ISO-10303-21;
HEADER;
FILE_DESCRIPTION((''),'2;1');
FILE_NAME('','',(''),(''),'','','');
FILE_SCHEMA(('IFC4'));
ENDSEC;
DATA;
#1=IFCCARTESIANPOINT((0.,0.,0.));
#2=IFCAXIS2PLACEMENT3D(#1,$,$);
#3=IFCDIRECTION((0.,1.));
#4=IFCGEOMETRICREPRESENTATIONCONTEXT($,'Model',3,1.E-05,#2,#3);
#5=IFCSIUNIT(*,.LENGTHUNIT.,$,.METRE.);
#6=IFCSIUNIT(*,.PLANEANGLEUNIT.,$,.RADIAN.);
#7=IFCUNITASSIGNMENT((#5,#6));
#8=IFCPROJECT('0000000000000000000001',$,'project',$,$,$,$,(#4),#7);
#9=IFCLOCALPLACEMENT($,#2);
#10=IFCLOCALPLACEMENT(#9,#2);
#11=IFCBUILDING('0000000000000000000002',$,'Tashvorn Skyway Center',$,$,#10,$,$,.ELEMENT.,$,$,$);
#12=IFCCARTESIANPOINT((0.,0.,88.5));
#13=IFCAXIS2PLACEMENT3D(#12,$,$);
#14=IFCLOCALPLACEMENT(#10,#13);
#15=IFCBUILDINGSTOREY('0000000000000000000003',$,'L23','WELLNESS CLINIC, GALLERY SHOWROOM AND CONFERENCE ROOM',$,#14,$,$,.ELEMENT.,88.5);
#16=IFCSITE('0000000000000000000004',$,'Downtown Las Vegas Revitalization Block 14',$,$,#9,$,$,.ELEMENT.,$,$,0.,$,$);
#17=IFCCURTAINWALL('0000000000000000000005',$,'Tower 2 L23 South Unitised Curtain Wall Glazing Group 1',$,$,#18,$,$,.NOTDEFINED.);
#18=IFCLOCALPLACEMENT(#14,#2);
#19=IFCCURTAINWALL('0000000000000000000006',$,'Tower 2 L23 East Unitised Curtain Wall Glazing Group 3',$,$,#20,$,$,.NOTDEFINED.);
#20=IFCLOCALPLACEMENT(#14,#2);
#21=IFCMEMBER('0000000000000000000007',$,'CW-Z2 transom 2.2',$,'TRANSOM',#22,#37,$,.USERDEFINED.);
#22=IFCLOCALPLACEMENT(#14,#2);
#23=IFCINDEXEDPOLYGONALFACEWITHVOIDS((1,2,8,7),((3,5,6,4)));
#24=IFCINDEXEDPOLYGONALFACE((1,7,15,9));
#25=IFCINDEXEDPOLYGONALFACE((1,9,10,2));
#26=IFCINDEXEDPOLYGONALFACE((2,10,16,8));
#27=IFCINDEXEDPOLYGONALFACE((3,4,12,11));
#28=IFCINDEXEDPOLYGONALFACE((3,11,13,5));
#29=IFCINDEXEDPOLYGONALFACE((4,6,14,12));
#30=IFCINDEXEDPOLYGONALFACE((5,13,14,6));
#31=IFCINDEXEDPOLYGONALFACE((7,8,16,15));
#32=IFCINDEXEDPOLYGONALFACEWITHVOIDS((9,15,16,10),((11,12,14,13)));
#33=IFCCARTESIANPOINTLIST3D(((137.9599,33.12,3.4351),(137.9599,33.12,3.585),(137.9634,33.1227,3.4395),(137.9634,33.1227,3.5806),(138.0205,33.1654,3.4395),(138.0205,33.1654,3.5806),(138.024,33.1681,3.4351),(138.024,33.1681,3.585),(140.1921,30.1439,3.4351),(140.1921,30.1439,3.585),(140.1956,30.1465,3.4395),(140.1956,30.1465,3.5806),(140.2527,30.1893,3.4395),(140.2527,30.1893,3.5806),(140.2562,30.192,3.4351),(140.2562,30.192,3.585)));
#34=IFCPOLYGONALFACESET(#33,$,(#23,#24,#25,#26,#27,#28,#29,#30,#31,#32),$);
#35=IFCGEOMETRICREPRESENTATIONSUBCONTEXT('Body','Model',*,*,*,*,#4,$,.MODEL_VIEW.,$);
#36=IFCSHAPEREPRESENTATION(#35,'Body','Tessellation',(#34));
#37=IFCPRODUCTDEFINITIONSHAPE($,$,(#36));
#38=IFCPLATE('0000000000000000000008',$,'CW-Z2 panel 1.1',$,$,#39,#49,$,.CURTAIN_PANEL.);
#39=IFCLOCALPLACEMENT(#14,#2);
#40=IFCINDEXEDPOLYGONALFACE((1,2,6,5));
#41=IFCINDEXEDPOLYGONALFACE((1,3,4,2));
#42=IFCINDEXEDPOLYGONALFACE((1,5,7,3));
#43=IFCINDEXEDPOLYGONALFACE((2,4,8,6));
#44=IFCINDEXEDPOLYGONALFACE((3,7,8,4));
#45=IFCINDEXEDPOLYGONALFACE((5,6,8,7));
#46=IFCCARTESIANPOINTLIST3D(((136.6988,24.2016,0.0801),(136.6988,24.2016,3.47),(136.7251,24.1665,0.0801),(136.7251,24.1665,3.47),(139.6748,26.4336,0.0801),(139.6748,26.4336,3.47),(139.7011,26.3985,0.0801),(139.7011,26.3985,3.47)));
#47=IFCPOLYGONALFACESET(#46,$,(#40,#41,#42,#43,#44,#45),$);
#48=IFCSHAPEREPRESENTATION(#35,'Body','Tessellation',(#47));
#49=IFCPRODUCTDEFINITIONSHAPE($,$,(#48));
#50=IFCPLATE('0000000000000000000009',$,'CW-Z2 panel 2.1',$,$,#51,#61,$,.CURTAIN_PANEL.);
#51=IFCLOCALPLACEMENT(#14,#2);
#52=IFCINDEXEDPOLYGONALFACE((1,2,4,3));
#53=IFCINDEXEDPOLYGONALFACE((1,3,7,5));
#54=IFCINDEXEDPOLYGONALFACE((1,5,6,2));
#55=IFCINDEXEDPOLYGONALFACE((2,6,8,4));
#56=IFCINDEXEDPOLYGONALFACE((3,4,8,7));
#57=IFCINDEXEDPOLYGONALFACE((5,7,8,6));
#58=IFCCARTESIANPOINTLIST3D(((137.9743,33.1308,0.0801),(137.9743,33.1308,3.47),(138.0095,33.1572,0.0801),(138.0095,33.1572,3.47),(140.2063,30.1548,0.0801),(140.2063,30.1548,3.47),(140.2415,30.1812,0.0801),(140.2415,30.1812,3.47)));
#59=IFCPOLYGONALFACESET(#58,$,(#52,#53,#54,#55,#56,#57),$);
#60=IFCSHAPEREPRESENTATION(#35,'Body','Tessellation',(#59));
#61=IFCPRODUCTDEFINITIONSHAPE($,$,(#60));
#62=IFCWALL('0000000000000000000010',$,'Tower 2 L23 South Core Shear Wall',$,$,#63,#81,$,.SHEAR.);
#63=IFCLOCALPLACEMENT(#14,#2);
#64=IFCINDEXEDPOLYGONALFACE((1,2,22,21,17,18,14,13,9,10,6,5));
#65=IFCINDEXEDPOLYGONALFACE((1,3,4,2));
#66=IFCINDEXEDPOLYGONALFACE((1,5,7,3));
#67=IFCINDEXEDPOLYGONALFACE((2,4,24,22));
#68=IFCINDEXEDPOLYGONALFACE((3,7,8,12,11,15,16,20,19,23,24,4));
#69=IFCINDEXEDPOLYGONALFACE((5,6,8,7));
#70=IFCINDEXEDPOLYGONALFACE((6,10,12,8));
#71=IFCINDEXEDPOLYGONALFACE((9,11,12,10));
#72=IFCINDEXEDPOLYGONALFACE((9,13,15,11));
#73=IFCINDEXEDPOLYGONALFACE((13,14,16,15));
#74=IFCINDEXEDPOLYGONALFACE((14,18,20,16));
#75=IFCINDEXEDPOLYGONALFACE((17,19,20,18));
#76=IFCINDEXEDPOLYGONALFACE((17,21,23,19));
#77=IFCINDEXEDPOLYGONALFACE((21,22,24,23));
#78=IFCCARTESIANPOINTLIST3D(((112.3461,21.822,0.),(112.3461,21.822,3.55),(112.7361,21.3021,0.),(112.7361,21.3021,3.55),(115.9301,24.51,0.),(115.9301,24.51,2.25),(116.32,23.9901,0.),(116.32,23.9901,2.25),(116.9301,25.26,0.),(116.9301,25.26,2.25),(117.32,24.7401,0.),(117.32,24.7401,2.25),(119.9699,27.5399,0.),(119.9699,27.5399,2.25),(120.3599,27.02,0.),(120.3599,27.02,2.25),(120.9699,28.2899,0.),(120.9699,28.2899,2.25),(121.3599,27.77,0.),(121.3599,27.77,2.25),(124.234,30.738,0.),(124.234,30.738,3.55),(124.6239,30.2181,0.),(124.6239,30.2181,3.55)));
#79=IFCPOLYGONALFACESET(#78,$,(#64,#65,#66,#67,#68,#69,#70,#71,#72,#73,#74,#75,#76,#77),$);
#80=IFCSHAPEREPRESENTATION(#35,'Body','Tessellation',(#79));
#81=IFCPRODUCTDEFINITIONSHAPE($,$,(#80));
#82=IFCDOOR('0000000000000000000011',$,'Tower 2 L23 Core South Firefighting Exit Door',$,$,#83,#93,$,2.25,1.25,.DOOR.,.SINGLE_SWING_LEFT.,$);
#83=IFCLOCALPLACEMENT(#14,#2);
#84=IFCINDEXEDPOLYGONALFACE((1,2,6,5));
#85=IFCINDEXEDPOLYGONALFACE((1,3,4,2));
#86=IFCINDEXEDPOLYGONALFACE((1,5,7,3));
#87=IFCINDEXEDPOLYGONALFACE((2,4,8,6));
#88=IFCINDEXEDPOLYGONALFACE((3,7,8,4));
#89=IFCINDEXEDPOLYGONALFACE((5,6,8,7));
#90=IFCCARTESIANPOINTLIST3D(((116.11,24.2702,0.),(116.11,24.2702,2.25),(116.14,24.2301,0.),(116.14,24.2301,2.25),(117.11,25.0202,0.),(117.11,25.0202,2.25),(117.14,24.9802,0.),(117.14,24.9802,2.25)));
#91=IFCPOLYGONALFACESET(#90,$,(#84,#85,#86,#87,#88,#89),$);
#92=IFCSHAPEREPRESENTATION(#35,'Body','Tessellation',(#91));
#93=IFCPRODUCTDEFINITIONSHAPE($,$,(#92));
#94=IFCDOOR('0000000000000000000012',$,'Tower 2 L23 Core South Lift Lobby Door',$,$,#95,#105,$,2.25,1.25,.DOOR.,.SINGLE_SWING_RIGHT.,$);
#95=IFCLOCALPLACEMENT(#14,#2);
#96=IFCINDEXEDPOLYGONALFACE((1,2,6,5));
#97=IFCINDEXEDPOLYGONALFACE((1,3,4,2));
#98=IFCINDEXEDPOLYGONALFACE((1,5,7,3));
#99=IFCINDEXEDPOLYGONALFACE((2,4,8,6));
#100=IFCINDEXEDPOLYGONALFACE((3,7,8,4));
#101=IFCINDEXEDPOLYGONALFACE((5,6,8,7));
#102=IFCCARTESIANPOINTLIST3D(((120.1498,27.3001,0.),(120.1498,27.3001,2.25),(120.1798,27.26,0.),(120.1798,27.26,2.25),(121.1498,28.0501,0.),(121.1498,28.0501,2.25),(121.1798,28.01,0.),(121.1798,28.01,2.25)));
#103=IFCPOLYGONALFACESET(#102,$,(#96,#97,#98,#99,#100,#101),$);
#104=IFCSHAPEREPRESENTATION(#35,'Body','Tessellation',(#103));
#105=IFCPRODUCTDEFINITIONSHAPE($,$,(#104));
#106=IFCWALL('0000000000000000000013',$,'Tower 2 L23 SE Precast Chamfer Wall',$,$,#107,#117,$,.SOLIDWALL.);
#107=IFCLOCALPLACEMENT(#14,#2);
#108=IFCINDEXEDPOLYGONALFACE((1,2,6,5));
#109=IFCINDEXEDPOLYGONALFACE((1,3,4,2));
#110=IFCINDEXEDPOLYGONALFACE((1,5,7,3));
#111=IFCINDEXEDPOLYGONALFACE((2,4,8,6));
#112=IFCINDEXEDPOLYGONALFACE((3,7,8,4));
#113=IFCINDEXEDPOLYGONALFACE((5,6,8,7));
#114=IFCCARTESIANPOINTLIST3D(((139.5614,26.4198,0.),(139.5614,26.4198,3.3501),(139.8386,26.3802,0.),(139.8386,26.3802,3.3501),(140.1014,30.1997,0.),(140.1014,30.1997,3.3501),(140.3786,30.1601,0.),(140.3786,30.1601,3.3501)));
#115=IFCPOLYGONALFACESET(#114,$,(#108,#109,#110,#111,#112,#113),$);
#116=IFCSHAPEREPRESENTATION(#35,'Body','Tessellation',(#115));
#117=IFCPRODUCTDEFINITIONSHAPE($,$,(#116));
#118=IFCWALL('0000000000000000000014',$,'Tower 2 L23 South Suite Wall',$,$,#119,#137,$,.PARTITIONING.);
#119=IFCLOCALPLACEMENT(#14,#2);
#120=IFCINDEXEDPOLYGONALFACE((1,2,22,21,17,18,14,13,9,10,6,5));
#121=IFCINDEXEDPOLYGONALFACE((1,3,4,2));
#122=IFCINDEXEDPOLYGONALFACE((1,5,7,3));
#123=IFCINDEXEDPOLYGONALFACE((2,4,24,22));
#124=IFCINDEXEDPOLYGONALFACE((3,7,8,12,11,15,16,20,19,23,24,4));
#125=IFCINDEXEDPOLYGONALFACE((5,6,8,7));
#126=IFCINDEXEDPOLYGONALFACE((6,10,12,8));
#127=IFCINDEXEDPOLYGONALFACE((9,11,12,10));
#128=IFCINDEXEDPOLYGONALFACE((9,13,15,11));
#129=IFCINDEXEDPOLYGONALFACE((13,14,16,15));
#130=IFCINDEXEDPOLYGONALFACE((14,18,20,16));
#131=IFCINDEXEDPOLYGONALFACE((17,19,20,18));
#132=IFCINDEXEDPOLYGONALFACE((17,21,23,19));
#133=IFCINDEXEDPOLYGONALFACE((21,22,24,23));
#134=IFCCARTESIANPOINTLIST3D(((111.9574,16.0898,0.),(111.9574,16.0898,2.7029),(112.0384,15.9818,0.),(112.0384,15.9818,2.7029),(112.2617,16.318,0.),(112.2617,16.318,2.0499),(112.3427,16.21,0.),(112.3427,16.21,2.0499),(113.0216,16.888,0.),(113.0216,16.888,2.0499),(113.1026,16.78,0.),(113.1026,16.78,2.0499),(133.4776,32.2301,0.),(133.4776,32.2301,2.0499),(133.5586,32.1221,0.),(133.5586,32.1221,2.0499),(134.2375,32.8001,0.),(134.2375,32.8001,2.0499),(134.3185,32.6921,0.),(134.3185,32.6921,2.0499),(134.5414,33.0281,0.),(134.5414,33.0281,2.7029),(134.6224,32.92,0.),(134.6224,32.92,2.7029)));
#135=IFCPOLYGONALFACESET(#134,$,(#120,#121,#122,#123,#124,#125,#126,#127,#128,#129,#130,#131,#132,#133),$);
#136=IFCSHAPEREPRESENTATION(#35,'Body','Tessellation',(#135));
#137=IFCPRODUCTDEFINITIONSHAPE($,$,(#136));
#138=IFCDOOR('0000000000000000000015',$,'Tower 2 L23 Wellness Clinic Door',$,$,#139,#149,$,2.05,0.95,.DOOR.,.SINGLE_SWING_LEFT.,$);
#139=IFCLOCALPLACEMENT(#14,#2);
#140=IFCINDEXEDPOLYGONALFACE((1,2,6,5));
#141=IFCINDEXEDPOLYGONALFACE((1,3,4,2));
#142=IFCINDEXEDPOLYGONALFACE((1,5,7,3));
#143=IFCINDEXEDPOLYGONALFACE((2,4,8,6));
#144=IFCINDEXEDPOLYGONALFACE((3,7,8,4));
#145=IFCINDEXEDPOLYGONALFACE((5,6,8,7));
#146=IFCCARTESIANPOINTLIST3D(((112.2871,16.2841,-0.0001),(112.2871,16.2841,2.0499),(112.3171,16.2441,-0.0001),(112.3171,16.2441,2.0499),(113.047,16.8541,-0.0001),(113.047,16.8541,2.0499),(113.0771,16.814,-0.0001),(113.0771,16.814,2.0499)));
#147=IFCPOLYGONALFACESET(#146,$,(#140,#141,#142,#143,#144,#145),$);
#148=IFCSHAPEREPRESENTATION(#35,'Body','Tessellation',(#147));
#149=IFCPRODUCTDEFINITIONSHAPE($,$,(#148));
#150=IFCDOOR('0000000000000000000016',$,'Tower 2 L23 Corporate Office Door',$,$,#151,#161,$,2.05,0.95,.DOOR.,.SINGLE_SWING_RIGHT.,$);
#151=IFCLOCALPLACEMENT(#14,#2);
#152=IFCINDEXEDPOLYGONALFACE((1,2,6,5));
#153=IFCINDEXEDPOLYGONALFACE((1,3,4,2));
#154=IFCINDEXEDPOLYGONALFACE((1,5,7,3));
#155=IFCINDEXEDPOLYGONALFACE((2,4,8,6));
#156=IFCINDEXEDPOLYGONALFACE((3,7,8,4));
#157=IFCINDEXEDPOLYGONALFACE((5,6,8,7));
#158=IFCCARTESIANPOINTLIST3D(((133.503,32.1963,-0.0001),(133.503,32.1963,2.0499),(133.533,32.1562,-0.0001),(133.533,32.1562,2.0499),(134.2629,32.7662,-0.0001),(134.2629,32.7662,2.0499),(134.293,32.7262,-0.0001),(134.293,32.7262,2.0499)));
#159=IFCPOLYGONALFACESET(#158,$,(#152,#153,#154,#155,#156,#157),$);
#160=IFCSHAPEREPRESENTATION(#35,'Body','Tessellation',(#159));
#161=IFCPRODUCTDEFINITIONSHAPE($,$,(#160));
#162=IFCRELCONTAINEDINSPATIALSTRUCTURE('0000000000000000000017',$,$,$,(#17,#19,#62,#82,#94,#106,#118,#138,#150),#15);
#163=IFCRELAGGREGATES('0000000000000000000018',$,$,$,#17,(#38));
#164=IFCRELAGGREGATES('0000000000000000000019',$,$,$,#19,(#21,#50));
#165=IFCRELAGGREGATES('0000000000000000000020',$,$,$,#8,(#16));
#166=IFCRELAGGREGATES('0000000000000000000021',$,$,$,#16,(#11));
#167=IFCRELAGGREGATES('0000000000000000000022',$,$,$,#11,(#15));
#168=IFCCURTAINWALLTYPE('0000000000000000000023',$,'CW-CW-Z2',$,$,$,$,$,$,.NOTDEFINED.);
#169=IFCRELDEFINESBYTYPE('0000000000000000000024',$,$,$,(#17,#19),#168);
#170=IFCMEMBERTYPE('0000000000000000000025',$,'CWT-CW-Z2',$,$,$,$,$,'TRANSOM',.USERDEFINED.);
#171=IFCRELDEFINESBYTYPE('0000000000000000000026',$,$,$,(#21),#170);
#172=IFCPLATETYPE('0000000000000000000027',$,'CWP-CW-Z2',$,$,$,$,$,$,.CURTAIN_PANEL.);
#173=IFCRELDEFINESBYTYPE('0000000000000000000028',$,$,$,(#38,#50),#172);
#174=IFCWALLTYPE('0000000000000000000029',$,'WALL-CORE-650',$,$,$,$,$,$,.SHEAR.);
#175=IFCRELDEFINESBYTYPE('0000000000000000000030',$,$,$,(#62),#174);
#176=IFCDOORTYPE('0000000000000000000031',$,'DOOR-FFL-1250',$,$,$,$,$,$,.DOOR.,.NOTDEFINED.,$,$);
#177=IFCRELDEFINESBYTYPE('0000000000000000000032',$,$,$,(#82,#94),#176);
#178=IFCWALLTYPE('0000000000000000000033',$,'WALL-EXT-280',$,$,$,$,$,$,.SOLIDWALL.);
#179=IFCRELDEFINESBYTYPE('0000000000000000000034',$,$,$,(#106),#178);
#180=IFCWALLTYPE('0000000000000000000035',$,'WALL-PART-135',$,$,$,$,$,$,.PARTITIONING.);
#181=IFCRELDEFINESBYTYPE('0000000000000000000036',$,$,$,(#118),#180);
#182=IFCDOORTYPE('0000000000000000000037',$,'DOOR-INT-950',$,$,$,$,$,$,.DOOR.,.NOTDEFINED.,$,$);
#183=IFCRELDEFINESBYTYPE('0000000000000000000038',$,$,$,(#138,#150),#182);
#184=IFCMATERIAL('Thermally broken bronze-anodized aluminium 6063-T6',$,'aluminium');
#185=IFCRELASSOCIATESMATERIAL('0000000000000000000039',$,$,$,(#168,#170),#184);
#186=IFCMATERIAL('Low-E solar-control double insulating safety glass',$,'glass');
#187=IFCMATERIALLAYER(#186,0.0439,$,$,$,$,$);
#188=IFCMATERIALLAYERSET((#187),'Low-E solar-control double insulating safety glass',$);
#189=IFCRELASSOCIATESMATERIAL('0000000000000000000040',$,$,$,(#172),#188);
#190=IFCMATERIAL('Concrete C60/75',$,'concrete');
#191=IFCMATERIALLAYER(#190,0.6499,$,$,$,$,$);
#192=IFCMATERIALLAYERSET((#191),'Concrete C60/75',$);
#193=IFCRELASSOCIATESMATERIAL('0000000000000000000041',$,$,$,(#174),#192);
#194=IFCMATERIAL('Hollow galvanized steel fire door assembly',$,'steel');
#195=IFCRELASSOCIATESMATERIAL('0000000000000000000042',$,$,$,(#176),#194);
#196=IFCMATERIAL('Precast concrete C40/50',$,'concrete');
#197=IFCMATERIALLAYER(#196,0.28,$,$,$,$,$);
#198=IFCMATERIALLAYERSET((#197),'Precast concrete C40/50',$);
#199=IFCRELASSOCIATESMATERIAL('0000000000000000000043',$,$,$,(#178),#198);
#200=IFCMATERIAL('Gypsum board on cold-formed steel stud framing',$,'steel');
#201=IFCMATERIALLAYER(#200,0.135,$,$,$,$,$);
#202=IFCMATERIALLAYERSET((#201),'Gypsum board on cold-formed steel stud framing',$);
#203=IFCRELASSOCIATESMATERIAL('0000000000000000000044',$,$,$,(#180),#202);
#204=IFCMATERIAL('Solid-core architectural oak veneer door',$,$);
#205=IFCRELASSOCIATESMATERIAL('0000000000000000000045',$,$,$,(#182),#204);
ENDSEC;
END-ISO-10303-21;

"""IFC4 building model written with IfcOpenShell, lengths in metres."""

from ifc_helpers import new_model, si_unit, direction, frame, frame_2d, origin, origin_2d, place, context, subcontext, project, spatial, rectangle, hollow_rectangle, extrude, material, layer, layer_set, material_profile, profile_set, type_object, element, fill, aggregate, save


model = new_model("IFC4")

# Units and contexts
model_context = context("Model", 3, precision=1e-05, world=origin(), true_north=direction((0.0, 1.0)))
body_context = subcontext(model_context, "Body", "Model", "MODEL_VIEW")
ifc_project = project(units=[si_unit("LENGTHUNIT", "METRE"), si_unit("PLANEANGLEUNIT", "RADIAN")], contexts=[model_context])

# Site, building, storey
site_placement = place(None, origin())
site = spatial("IfcSite", under=ifc_project, at=site_placement, Name="Downtown Las Vegas Revitalization Block 14", CompositionType="ELEMENT", RefElevation=0.0)
building_placement = place(site_placement, origin())
building = spatial("IfcBuilding", under=site, at=building_placement, Name="Tashvorn Skyway Center", CompositionType="ELEMENT")
storey_placement = place(building_placement, frame((0.0, 0.0, 88.5)))
storey = spatial("IfcBuildingStorey", under=building, at=storey_placement, Name="L23", Description="WELLNESS CLINIC, GALLERY SHOWROOM AND CONFERENCE ROOM", CompositionType="ELEMENT", Elevation=88.5)

# Curtain wall
ifc_material_1 = material(Name="Thermally broken bronze-anodized aluminium 6063-T6", Category="aluminium")
curtain_wall_type = type_object("IfcCurtainWallType", Name="CW-CW-Z2", PredefinedType="NOTDEFINED", material=ifc_material_1)
curtain_wall_1_placement = place(storey_placement, origin())
curtain_wall_1 = element("IfcCurtainWall", 1, at=curtain_wall_1_placement, inside=storey, type_object=curtain_wall_type, Name="Tower 2 L23 South Unitised Curtain Wall Glazing Group 1", PredefinedType="NOTDEFINED")

# Curtain wall
curtain_wall_2_placement = place(storey_placement, origin())
curtain_wall_2 = element("IfcCurtainWall", 2, at=curtain_wall_2_placement, inside=storey, type_object=curtain_wall_type, Name="Tower 2 L23 East Unitised Curtain Wall Glazing Group 3", PredefinedType="NOTDEFINED")

# Member
ifc_material_profile_1 = material_profile(ifc_material_1, hollow_rectangle(XDim=0.0801, YDim=0.1499, WallThickness=0.0044, at=origin_2d()), Name="ALU-TRAN-80x150")
ifc_profile_set_1 = profile_set([ifc_material_profile_1], Name="Thermally broken bronze-anodized aluminium 6063-T6")
member_type_1 = type_object("IfcMemberType", Name="CWT-CW-Z2", ElementType="TRANSOM", PredefinedType="USERDEFINED", material=ifc_profile_set_1)
member_1_placement = place(storey_placement, frame((137.9919, 33.144, 3.51), z_axis=(0.600021, -0.799984, 0.0), x_axis=(0.799984, 0.600021, 0.0)))
member_1 = element("IfcMember", 3, at=member_1_placement, type_object=member_type_1, Name="CW-Z2 transom 2.2", ObjectType="TRANSOM", PredefinedType="USERDEFINED", context=body_context, shape_type="SweptSolid", body=[
    extrude(hollow_rectangle(XDim=0.0801, YDim=0.1499, WallThickness=0.0044, at=origin_2d()), origin(), (0.0, 0.0, 1.0), 3.7202),
])

# Plates
ifc_material_2 = material(Name="Low-E solar-control double insulating safety glass", Category="glass")
ifc_layer_1 = layer(ifc_material_2, 0.0439)
ifc_layer_set_1 = layer_set([ifc_layer_1], Name="Low-E solar-control double insulating safety glass")
plate_type = type_object("IfcPlateType", Name="CWP-CW-Z2", PredefinedType="CURTAIN_PANEL", material=ifc_layer_set_1)
plate_1_placement = place(storey_placement, frame((138.2, 25.3, 0.0801), z_axis=(0.0, 0.0, 1.0), x_axis=(-0.8, -0.6, 0.0)))
plate_1 = element("IfcPlate", 4, at=plate_1_placement, type_object=plate_type, Name="CW-Z2 panel 1.1", PredefinedType="CURTAIN_PANEL", context=body_context, shape_type="SweptSolid", body=[
    extrude(rectangle(XDim=3.72, YDim=0.0439, at=origin_2d()), origin(), (0.0, 0.0, 1.0), 3.3899),
])
aggregate(curtain_wall_1, [plate_1])
plate_2_placement = place(storey_placement, frame((139.1079, 31.656, 0.0801), z_axis=(0.0, 0.0, 1.0), x_axis=(0.6, -0.8, 0.0)))
plate_2 = element("IfcPlate", 5, at=plate_2_placement, type_object=plate_type, Name="CW-Z2 panel 2.1", PredefinedType="CURTAIN_PANEL", context=body_context, shape_type="SweptSolid", body=[
    extrude(rectangle(XDim=3.72, YDim=0.0439, at=origin_2d()), origin(), (0.0, 0.0, 1.0), 3.3899),
])
aggregate(curtain_wall_2, [member_1, plate_2])

# Wall, openings, doors
ifc_material_3 = material(Name="Concrete C60/75", Category="concrete")
ifc_layer_2 = layer(ifc_material_3, 0.6499)
ifc_layer_set_2 = layer_set([ifc_layer_2], Name="Concrete C60/75")
wall_type_1 = type_object("IfcWallType", Name="WALL-CORE-650", PredefinedType="SHEAR", material=ifc_layer_set_2)
wall_1_placement = place(storey_placement, frame((124.429, 30.478, 0.0), z_axis=(0.0, 0.0, 1.0), x_axis=(-0.799998, -0.600003, 0.0)))
wall_1 = element("IfcWall", 6, at=wall_1_placement, inside=storey, type_object=wall_type_1, Name="Tower 2 L23 South Core Shear Wall", PredefinedType="SHEAR", context=body_context, shape_type="SweptSolid", body=[
    extrude(rectangle(XDim=14.8599, YDim=0.6499, at=frame_2d((7.4299, 0.0))), origin(), (0.0, 0.0, 1.0), 3.55),
])
opening_1_placement = place(wall_1_placement, frame((9.1299, 0.0, 0.0)))
opening_1 = element("IfcOpeningElement", 7, at=opening_1_placement, cuts=wall_1, PredefinedType="OPENING", context=body_context, shape_type="SweptSolid", body=[
    extrude(rectangle(XDim=1.25, YDim=2.25, at=frame_2d((0.625, 1.125))), frame((0.0, 0.335, 0.0), z_axis=(0.0, -1.0, 0.0), x_axis=(1.0, 0.0, 0.0)), (0.0, 0.0, 1.0), 0.6699),
])
opening_2_placement = place(wall_1_placement, frame((4.0801, 0.0, 0.0)))
opening_2 = element("IfcOpeningElement", 8, at=opening_2_placement, cuts=wall_1, PredefinedType="OPENING", context=body_context, shape_type="SweptSolid", body=[
    extrude(rectangle(XDim=1.25, YDim=2.25, at=frame_2d((0.625, 1.125))), frame((0.0, 0.335, 0.0), z_axis=(0.0, -1.0, 0.0), x_axis=(1.0, 0.0, 0.0)), (0.0, 0.0, 1.0), 0.6699),
])
ifc_material_4 = material(Name="Hollow galvanized steel fire door assembly", Category="steel")
door_type_1 = type_object("IfcDoorType", Name="DOOR-FFL-1250", OperationType="NOTDEFINED", PredefinedType="DOOR", material=ifc_material_4)
door_1_placement = place(opening_1_placement, origin())
door_1 = element("IfcDoor", 9, at=door_1_placement, inside=storey, type_object=door_type_1, Name="Tower 2 L23 Core South Firefighting Exit Door", OperationType="SINGLE_SWING_LEFT", OverallHeight=2.25, OverallWidth=1.25, PredefinedType="DOOR", context=body_context, shape_type="SweptSolid", body=[
    extrude(rectangle(XDim=1.25, YDim=2.25, at=frame_2d((0.625, 1.125))), frame((0.0, 0.0249, 0.0), z_axis=(0.0, -1.0, 0.0), x_axis=(1.0, 0.0, 0.0)), (0.0, 0.0, 1.0), 0.05),
])
fill(opening_1, door_1)
door_2_placement = place(opening_2_placement, origin())
door_2 = element("IfcDoor", 10, at=door_2_placement, inside=storey, type_object=door_type_1, Name="Tower 2 L23 Core South Lift Lobby Door", OperationType="SINGLE_SWING_RIGHT", OverallHeight=2.25, OverallWidth=1.25, PredefinedType="DOOR", context=body_context, shape_type="SweptSolid", body=[
    extrude(rectangle(XDim=1.25, YDim=2.25, at=frame_2d((0.625, 1.125))), frame((0.0, 0.0249, 0.0), z_axis=(0.0, -1.0, 0.0), x_axis=(1.0, 0.0, 0.0)), (0.0, 0.0, 1.0), 0.05),
])
fill(opening_2, door_2)

# Wall
ifc_material_5 = material(Name="Precast concrete C40/50", Category="concrete")
ifc_layer_3 = layer(ifc_material_5, 0.28)
ifc_layer_set_3 = layer_set([ifc_layer_3], Name="Precast concrete C40/50")
wall_type_2 = type_object("IfcWallType", Name="WALL-EXT-280", PredefinedType="SOLIDWALL", material=ifc_layer_set_3)
wall_2_placement = place(storey_placement, frame((140.24, 30.1799, 0.0), z_axis=(0.0, 0.0, 1.0), x_axis=(-0.14143, -0.989948, 0.0)))
element("IfcWall", 11, at=wall_2_placement, inside=storey, type_object=wall_type_2, Name="Tower 2 L23 SE Precast Chamfer Wall", PredefinedType="SOLIDWALL", context=body_context, shape_type="SweptSolid", body=[
    extrude(rectangle(XDim=3.8184, YDim=0.28, at=frame_2d((1.9092, 0.0))), origin(), (0.0, 0.0, 1.0), 3.3501),
])

# Wall, openings, doors
ifc_material_6 = material(Name="Gypsum board on cold-formed steel stud framing", Category="steel")
ifc_layer_4 = layer(ifc_material_6, 0.135)
ifc_layer_set_4 = layer_set([ifc_layer_4], Name="Gypsum board on cold-formed steel stud framing")
wall_type_3 = type_object("IfcWallType", Name="WALL-PART-135", PredefinedType="PARTITIONING", material=ifc_layer_set_4)
wall_3_placement = place(storey_placement, frame((134.582, 32.9741, 0.0), z_axis=(0.0, 0.0, 1.0), x_axis=(-0.799996, -0.600006, 0.0)))
wall_3 = element("IfcWall", 12, at=wall_3_placement, inside=storey, type_object=wall_type_3, Name="Tower 2 L23 South Suite Wall", PredefinedType="PARTITIONING", context=body_context, shape_type="SweptSolid", body=[
    extrude(rectangle(XDim=28.2302, YDim=0.135, at=frame_2d((14.1152, 0.0))), origin(), (0.0, 0.0, 1.0), 2.7029),
])
opening_3_placement = place(wall_3_placement, frame((26.8999, 0.0, 0.0)))
opening_3 = element("IfcOpeningElement", 13, at=opening_3_placement, cuts=wall_3, PredefinedType="OPENING", context=body_context, shape_type="SweptSolid", body=[
    extrude(rectangle(XDim=0.95, YDim=2.05, at=frame_2d((0.4751, 1.0249))), frame((0.0, 0.0774, 0.0), z_axis=(0.0, -1.0, 0.0), x_axis=(1.0, 0.0, 0.0)), (0.0, 0.0, 1.0), 0.155),
])
opening_4_placement = place(wall_3_placement, frame((0.3799, 0.0, 0.0)))
opening_4 = element("IfcOpeningElement", 14, at=opening_4_placement, cuts=wall_3, PredefinedType="OPENING", context=body_context, shape_type="SweptSolid", body=[
    extrude(rectangle(XDim=0.95, YDim=2.05, at=frame_2d((0.4751, 1.0249))), frame((0.0, 0.0774, 0.0), z_axis=(0.0, -1.0, 0.0), x_axis=(1.0, 0.0, 0.0)), (0.0, 0.0, 1.0), 0.155),
])
ifc_material_7 = material(Name="Solid-core architectural oak veneer door")
door_type_2 = type_object("IfcDoorType", Name="DOOR-INT-950", OperationType="NOTDEFINED", PredefinedType="DOOR", material=ifc_material_7)
door_3_placement = place(opening_3_placement, origin())
door_3 = element("IfcDoor", 15, at=door_3_placement, inside=storey, type_object=door_type_2, Name="Tower 2 L23 Wellness Clinic Door", OperationType="SINGLE_SWING_LEFT", OverallHeight=2.05, OverallWidth=0.95, PredefinedType="DOOR", context=body_context, shape_type="SweptSolid", body=[
    extrude(rectangle(XDim=0.95, YDim=2.05, at=frame_2d((0.4751, 1.0249))), frame((0.0, 0.0249, 0.0), z_axis=(0.0, -1.0, 0.0), x_axis=(1.0, 0.0, 0.0)), (0.0, 0.0, 1.0), 0.05),
])
fill(opening_3, door_3)
door_4_placement = place(opening_4_placement, origin())
door_4 = element("IfcDoor", 16, at=door_4_placement, inside=storey, type_object=door_type_2, Name="Tower 2 L23 Corporate Office Door", OperationType="SINGLE_SWING_RIGHT", OverallHeight=2.05, OverallWidth=0.95, PredefinedType="DOOR", context=body_context, shape_type="SweptSolid", body=[
    extrude(rectangle(XDim=0.95, YDim=2.05, at=frame_2d((0.4751, 1.0249))), frame((0.0, 0.0249, 0.0), z_axis=(0.0, -1.0, 0.0), x_axis=(1.0, 0.0, 0.0)), (0.0, 0.0, 1.0), 0.05),
])
fill(opening_4, door_4)

save(model, "model.ifc")
